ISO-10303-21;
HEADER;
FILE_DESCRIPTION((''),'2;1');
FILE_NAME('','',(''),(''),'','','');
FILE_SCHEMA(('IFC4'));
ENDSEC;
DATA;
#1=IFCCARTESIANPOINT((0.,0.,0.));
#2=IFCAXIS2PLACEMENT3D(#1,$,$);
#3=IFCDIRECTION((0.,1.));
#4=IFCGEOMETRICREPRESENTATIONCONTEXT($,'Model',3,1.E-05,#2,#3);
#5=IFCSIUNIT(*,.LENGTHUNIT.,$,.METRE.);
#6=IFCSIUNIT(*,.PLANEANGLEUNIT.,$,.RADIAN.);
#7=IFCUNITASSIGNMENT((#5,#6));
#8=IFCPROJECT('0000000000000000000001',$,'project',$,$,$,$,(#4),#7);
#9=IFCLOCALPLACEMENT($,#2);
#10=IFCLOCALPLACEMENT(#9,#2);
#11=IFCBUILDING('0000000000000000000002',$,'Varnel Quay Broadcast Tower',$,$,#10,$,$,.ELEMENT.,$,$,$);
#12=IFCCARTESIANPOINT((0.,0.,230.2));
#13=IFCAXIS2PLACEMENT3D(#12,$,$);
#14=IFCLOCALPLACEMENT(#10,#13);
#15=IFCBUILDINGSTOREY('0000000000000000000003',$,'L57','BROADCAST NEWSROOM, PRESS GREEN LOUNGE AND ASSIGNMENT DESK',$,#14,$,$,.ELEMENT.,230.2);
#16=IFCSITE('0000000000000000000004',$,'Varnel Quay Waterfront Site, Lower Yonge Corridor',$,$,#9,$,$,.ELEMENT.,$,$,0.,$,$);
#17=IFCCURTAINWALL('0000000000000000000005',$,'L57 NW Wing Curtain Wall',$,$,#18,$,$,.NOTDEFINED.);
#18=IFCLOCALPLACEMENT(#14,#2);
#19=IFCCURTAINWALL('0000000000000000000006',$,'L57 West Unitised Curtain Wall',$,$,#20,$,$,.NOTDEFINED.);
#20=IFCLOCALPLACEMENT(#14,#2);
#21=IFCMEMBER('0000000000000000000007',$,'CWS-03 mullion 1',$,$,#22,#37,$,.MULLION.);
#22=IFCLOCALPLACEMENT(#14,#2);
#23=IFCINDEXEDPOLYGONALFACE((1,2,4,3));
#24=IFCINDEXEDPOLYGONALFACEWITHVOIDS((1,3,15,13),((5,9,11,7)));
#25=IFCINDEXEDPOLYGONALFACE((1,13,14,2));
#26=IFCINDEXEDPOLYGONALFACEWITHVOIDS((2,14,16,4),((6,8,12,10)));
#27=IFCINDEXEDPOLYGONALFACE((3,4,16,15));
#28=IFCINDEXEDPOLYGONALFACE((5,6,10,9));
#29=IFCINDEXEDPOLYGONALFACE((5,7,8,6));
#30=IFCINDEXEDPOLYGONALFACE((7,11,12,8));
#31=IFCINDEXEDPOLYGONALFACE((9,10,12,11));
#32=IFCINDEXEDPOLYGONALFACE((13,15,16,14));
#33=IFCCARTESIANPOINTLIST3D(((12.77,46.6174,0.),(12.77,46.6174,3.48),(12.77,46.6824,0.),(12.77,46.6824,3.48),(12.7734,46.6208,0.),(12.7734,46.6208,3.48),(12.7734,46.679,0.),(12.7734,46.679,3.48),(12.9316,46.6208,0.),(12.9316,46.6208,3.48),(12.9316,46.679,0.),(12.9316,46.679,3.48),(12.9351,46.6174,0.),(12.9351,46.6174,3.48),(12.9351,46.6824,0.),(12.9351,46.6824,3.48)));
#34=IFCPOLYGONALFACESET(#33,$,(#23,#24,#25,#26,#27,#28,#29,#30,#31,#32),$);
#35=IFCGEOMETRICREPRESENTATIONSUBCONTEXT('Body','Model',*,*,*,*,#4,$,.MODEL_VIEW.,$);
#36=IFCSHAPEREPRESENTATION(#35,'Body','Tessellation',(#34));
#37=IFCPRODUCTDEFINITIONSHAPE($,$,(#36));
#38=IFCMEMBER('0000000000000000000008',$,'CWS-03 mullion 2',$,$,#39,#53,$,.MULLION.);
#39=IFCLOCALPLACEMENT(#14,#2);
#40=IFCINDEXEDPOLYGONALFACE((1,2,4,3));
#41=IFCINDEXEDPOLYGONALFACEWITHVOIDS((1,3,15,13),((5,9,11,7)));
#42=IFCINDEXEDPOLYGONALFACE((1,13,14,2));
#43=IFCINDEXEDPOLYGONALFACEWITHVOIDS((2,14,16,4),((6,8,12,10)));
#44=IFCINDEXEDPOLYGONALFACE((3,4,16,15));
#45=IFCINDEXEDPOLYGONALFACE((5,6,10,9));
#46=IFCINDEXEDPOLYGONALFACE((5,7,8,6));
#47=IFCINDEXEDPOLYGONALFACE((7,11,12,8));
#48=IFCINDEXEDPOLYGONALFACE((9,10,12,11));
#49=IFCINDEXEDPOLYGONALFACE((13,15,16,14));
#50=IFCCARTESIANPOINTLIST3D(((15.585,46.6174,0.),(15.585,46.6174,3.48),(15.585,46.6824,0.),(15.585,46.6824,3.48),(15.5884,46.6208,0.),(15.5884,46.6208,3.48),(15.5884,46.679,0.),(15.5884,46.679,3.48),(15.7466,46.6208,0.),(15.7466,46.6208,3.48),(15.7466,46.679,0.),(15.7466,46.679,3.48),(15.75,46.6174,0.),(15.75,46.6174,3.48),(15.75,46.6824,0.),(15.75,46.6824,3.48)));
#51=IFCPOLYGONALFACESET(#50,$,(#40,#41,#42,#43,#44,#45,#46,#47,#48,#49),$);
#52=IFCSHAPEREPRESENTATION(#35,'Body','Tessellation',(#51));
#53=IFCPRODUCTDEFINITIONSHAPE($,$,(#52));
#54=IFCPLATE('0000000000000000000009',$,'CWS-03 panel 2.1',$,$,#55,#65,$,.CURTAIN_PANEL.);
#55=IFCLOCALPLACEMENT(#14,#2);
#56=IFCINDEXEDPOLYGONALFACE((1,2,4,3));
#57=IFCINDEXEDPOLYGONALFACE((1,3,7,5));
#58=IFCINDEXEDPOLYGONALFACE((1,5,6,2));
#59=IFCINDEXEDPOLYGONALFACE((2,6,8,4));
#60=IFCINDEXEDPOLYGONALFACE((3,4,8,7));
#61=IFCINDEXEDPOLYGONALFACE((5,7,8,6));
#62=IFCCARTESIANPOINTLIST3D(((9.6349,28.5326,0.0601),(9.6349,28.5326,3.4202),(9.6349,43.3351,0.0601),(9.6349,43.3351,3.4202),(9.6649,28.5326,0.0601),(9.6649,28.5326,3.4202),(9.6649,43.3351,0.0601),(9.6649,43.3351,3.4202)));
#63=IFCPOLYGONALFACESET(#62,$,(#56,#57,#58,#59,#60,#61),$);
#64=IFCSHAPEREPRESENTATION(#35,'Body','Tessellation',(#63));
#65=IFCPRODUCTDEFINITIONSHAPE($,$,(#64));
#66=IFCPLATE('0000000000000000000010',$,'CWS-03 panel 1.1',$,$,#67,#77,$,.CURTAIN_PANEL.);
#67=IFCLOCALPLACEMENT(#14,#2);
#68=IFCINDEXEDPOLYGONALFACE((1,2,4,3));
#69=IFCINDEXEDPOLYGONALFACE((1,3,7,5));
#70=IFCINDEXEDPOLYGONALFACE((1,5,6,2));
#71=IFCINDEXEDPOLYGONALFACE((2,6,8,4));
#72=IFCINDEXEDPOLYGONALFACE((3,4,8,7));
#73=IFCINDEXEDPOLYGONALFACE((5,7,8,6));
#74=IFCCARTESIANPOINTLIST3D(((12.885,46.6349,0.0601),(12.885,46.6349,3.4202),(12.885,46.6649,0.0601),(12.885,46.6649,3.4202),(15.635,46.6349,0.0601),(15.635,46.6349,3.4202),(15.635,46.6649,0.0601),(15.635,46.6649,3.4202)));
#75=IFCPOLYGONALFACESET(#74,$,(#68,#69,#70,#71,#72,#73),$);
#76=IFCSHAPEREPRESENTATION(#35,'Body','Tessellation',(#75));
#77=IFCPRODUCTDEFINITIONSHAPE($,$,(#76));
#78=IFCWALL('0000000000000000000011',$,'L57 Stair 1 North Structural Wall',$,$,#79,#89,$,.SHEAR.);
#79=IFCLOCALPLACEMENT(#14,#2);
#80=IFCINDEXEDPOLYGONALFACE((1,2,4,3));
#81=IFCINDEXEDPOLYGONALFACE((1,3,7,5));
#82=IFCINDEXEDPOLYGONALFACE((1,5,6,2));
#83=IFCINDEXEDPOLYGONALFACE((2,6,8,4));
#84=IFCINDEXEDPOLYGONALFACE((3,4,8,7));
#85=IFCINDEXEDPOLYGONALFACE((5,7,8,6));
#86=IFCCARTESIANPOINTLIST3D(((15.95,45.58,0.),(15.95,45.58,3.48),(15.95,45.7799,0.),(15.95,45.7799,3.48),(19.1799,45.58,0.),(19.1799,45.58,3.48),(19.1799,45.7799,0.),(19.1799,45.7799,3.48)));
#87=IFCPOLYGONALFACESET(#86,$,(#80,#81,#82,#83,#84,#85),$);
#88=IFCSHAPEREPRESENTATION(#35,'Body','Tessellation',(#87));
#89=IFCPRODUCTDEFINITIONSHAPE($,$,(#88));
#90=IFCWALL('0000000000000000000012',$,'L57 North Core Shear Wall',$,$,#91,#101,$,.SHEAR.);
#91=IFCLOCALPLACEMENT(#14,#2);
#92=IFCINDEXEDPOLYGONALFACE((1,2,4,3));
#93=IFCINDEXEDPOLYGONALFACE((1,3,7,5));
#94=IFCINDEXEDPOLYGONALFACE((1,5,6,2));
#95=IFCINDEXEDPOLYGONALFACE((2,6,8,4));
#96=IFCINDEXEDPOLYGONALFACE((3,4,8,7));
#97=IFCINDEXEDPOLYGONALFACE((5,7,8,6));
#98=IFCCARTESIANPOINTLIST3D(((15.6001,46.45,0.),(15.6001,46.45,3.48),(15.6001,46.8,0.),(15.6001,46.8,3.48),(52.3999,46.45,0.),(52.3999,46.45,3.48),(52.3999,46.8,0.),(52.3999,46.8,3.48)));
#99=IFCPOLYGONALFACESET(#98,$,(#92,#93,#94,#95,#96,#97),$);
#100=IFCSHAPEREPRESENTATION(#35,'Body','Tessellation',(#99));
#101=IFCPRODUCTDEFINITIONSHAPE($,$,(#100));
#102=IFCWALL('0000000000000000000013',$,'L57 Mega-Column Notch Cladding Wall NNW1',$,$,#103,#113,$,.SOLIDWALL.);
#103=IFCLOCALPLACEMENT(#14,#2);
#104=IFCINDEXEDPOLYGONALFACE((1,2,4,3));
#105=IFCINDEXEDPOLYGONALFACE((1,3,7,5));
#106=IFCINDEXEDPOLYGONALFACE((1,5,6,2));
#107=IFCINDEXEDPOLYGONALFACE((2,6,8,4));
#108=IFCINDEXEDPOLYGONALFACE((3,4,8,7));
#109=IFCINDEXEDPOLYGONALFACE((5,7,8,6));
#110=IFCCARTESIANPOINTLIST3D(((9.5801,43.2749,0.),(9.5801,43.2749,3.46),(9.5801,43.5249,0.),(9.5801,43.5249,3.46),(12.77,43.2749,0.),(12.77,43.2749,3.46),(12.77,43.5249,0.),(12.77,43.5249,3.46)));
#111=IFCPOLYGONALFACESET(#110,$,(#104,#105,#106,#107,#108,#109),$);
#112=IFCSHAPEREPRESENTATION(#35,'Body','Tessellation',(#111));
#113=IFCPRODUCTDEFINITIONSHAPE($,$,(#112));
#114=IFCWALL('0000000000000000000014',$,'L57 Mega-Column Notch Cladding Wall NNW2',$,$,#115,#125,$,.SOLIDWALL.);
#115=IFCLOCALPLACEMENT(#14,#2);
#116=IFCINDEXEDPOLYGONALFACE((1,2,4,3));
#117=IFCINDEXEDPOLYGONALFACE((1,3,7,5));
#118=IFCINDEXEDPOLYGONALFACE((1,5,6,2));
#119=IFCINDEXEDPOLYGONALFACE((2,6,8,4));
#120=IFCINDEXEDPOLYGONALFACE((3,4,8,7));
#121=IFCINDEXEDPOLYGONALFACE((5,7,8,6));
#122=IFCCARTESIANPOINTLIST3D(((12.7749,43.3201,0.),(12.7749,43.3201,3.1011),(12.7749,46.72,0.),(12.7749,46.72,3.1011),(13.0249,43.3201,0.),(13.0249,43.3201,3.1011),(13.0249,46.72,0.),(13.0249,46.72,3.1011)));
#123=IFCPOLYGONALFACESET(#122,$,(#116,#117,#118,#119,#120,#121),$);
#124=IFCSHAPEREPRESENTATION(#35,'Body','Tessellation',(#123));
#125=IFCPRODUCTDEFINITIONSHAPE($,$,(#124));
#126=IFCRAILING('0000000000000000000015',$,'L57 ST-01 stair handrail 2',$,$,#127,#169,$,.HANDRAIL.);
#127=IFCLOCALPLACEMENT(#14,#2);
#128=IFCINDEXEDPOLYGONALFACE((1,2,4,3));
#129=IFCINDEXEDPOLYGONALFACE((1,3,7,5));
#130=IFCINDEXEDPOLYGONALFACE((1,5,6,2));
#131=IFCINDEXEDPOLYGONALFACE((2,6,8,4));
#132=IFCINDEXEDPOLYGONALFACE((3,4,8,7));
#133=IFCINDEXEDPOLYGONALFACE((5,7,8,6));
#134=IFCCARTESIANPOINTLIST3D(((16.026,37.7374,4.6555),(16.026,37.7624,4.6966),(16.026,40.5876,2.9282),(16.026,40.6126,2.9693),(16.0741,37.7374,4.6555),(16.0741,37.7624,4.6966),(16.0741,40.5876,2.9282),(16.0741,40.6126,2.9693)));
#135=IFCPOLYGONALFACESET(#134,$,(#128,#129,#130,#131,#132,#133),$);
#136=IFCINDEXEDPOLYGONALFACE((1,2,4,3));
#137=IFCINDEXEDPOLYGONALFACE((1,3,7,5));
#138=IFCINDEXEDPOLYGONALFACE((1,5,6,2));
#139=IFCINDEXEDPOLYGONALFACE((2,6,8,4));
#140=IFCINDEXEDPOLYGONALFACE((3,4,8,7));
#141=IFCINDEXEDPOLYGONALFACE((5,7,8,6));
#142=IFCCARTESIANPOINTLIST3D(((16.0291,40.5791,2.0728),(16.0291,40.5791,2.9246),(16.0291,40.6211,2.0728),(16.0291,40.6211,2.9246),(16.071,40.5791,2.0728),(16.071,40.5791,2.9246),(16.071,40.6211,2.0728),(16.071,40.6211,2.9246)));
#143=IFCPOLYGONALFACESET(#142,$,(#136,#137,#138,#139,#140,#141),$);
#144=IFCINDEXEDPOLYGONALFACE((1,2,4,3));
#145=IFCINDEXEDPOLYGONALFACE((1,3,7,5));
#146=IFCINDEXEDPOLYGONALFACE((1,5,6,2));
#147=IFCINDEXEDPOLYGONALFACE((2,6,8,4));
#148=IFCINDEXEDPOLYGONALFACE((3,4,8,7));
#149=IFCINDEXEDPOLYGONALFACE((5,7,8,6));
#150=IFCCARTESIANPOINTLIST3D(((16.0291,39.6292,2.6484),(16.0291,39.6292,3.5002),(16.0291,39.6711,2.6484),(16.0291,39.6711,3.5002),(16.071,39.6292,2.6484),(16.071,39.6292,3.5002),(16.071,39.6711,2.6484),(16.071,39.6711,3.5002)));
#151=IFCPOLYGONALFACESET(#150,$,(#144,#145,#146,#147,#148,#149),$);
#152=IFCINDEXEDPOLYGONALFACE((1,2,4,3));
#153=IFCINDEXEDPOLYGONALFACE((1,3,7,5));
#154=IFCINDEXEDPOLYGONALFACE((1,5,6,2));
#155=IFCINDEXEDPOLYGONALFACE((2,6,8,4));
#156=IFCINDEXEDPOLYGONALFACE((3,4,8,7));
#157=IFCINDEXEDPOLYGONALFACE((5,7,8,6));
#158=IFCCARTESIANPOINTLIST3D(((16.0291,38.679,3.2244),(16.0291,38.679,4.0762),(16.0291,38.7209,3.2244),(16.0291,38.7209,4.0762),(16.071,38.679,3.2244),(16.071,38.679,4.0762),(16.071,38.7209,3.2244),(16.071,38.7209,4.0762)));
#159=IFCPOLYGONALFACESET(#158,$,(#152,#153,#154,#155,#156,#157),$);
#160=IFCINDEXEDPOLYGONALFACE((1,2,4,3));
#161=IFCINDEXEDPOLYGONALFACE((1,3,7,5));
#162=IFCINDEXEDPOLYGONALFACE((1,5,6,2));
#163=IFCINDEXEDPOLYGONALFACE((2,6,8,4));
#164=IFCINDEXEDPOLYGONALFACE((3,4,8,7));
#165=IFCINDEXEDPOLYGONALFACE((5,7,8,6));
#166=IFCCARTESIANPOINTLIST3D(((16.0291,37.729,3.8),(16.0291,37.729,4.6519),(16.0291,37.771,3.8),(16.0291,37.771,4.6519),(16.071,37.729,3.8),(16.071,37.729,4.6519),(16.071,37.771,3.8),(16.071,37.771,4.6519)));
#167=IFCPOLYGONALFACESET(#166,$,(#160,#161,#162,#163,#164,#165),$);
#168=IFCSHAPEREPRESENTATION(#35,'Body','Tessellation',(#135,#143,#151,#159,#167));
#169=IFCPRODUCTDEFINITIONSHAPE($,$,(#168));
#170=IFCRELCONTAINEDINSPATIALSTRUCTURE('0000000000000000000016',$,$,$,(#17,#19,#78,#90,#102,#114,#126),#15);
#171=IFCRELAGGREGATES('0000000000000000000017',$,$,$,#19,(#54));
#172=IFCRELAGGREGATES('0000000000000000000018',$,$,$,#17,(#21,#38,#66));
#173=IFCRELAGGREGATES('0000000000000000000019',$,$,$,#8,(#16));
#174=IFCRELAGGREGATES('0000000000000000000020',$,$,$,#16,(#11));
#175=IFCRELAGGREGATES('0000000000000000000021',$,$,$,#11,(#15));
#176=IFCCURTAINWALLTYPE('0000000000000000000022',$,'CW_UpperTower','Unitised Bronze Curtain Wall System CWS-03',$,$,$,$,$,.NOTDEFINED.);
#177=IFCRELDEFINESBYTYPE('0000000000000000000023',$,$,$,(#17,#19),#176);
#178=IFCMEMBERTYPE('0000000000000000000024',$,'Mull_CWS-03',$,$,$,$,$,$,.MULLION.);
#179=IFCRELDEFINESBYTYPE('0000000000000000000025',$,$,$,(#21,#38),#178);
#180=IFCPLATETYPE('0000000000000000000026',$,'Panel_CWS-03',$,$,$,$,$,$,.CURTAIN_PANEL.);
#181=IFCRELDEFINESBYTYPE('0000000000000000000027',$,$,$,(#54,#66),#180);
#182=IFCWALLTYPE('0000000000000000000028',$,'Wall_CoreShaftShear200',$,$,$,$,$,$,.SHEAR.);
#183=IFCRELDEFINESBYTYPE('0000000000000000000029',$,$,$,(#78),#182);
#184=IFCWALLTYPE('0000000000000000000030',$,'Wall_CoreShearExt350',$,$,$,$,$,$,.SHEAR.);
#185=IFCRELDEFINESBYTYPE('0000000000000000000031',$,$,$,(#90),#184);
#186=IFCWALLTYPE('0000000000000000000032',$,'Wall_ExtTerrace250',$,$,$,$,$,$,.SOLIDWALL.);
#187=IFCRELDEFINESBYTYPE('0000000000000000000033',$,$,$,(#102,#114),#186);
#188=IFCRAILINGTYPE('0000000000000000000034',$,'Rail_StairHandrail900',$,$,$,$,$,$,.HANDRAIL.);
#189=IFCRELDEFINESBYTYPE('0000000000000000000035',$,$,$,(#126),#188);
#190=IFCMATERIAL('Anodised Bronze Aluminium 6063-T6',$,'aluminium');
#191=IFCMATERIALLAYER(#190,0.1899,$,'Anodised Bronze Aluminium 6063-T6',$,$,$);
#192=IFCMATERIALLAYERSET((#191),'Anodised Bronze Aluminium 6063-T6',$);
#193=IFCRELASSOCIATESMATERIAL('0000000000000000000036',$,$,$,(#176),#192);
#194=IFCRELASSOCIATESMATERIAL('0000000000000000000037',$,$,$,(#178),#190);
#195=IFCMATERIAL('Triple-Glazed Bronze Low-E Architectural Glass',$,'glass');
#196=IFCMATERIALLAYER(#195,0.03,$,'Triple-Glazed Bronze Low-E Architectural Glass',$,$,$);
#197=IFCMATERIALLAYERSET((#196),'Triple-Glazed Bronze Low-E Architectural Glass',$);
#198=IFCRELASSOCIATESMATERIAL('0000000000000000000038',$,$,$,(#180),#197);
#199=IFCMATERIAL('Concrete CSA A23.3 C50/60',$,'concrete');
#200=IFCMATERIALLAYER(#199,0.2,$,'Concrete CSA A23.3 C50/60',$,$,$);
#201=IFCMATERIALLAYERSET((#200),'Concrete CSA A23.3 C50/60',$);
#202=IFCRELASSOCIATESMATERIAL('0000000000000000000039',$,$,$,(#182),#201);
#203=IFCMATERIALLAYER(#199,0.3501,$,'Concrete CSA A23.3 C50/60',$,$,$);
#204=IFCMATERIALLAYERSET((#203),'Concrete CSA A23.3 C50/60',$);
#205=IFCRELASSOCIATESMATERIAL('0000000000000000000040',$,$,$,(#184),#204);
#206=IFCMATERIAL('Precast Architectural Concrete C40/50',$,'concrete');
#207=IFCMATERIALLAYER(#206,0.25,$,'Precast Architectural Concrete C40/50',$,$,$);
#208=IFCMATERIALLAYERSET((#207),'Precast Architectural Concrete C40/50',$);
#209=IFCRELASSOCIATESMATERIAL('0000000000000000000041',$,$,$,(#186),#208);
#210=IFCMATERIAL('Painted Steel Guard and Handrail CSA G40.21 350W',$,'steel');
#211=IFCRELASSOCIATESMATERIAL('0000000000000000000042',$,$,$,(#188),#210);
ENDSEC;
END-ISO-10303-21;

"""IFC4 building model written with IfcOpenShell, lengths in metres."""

from ifc_helpers import new_model, si_unit, direction, frame, frame_2d, origin, origin_2d, place, context, subcontext, project, spatial, rectangle, hollow_rectangle, extrude, source, transform, mapped, material, layer, layer_set, material_profile, profile_set, type_object, type_shapes, element, aggregate, save


model = new_model("IFC4")

# Units and contexts
model_context = context("Model", 3, precision=1e-05, world=origin(), true_north=direction((0.0, 1.0)))
body_context = subcontext(model_context, "Body", "Model", "MODEL_VIEW")
ifc_project = project(units=[si_unit("LENGTHUNIT", "METRE"), si_unit("PLANEANGLEUNIT", "RADIAN")], contexts=[model_context])

# Site, building, storey
site_placement = place(None, origin())
site = spatial("IfcSite", under=ifc_project, at=site_placement, Name="Varnel Quay Waterfront Site, Lower Yonge Corridor", CompositionType="ELEMENT", RefElevation=0.0)
building_placement = place(site_placement, origin())
building = spatial("IfcBuilding", under=site, at=building_placement, Name="Varnel Quay Broadcast Tower", CompositionType="ELEMENT")
storey_placement = place(building_placement, frame((0.0, 0.0, 230.2)))
storey = spatial("IfcBuildingStorey", under=building, at=storey_placement, Name="L57", Description="BROADCAST NEWSROOM, PRESS GREEN LOUNGE AND ASSIGNMENT DESK", CompositionType="ELEMENT", Elevation=230.2)

# Curtain wall
ifc_material_1 = material(Name="Anodised Bronze Aluminium 6063-T6", Category="aluminium")
ifc_layer_1 = layer(ifc_material_1, 0.1899, Name="Anodised Bronze Aluminium 6063-T6")
ifc_layer_set_1 = layer_set([ifc_layer_1], Name="Anodised Bronze Aluminium 6063-T6")
curtain_wall_type = type_object("IfcCurtainWallType", Name="CW_UpperTower", Description="Unitised Bronze Curtain Wall System CWS-03", PredefinedType="NOTDEFINED", material=ifc_layer_set_1)
curtain_wall_1_placement = place(storey_placement, origin())
curtain_wall_1 = element("IfcCurtainWall", 1, at=curtain_wall_1_placement, inside=storey, type_object=curtain_wall_type, Name="L57 NW Wing Curtain Wall", PredefinedType="NOTDEFINED")

# Curtain wall
curtain_wall_2_placement = place(storey_placement, origin())
curtain_wall_2 = element("IfcCurtainWall", 2, at=curtain_wall_2_placement, inside=storey, type_object=curtain_wall_type, Name="L57 West Unitised Curtain Wall", PredefinedType="NOTDEFINED")
ifc_material_profile_1 = material_profile(ifc_material_1, hollow_rectangle(XDim=0.0649, YDim=0.165, WallThickness=0.0034, at=origin_2d()), Name="ALU65X165X3.5")
ifc_profile_set_1 = profile_set([ifc_material_profile_1], Name="Anodised Bronze Aluminium 6063-T6")
member_type_1 = type_object("IfcMemberType", Name="Mull_CWS-03", PredefinedType="MULLION", material=ifc_profile_set_1)
shared_shape_1 = source(origin(), body_context, "Body", "SweptSolid", [
    extrude(hollow_rectangle(XDim=0.0649, YDim=0.165, WallThickness=0.0034, at=origin_2d()), origin(), (0.0, 0.0, 1.0), 3.48),
])
type_shapes(member_type_1, [shared_shape_1])

# Members
member_1_placement = place(storey_placement, frame((12.8525, 46.6499, 0.0), z_axis=(0.0, 0.0, 1.0), x_axis=(0.0, 1.0, 0.0)))
member_1 = element("IfcMember", 3, at=member_1_placement, type_object=member_type_1, Name="CWS-03 mullion 1", PredefinedType="MULLION", context=body_context, shape_type="MappedRepresentation", body=[
    mapped(shared_shape_1, transform((0.0, 0.0, 0.0), x_axis=(1.0, 0.0, 0.0), y_axis=(0.0, 1.0, 0.0), z_axis=(0.0, 0.0, 1.0), scale=1.0)),
])
member_2_placement = place(storey_placement, frame((15.6675, 46.6499, 0.0), z_axis=(0.0, 0.0, 1.0), x_axis=(0.0, 1.0, 0.0)))
member_2 = element("IfcMember", 4, at=member_2_placement, type_object=member_type_1, Name="CWS-03 mullion 2", PredefinedType="MULLION", context=body_context, shape_type="MappedRepresentation", body=[
    mapped(shared_shape_1, transform((0.0, 0.0, 0.0), x_axis=(1.0, 0.0, 0.0), y_axis=(0.0, 1.0, 0.0), z_axis=(0.0, 0.0, 1.0), scale=1.0)),
])

# Plates
ifc_material_2 = material(Name="Triple-Glazed Bronze Low-E Architectural Glass", Category="glass")
ifc_layer_2 = layer(ifc_material_2, 0.03, Name="Triple-Glazed Bronze Low-E Architectural Glass")
ifc_layer_set_2 = layer_set([ifc_layer_2], Name="Triple-Glazed Bronze Low-E Architectural Glass")
plate_type = type_object("IfcPlateType", Name="Panel_CWS-03", PredefinedType="CURTAIN_PANEL", material=ifc_layer_set_2)
shared_shape_2 = source(origin(), body_context, "Body", "SweptSolid", [
    extrude(rectangle(XDim=14.8025, YDim=0.03, at=origin_2d()), origin(), (0.0, 0.0, 1.0), 3.3601),
])
plate_1_placement = place(storey_placement, frame((9.6499, 35.9338, 0.0601), z_axis=(0.0, 0.0, 1.0), x_axis=(0.0, 1.0, 0.0)))
plate_1 = element("IfcPlate", 5, at=plate_1_placement, type_object=plate_type, Name="CWS-03 panel 2.1", PredefinedType="CURTAIN_PANEL", context=body_context, shape_type="MappedRepresentation", body=[
    mapped(shared_shape_2, transform((0.0, 0.0, 0.0), x_axis=(1.0, 0.0, 0.0), y_axis=(0.0, 1.0, 0.0), z_axis=(0.0, 0.0, 1.0), scale=1.0)),
])
aggregate(curtain_wall_2, [plate_1])
shared_shape_3 = source(origin(), body_context, "Body", "SweptSolid", [
    extrude(rectangle(XDim=2.75, YDim=0.03, at=origin_2d()), origin(), (0.0, 0.0, 1.0), 3.3601),
])
type_shapes(plate_type, [shared_shape_2, shared_shape_3])
plate_2_placement = place(storey_placement, frame((14.26, 46.6499, 0.0601), z_axis=(0.0, 0.0, 1.0), x_axis=(1.0, 0.0, 0.0)))
plate_2 = element("IfcPlate", 6, at=plate_2_placement, type_object=plate_type, Name="CWS-03 panel 1.1", PredefinedType="CURTAIN_PANEL", context=body_context, shape_type="MappedRepresentation", body=[
    mapped(shared_shape_3, transform((0.0, 0.0, 0.0), x_axis=(1.0, 0.0, 0.0), y_axis=(0.0, 1.0, 0.0), z_axis=(0.0, 0.0, 1.0), scale=1.0)),
])
aggregate(curtain_wall_1, [member_1, member_2, plate_2])

# Walls
ifc_material_3 = material(Name="Concrete CSA A23.3 C50/60", Category="concrete")
ifc_layer_3 = layer(ifc_material_3, 0.2, Name="Concrete CSA A23.3 C50/60")
ifc_layer_set_3 = layer_set([ifc_layer_3], Name="Concrete CSA A23.3 C50/60")
wall_type_1 = type_object("IfcWallType", Name="Wall_CoreShaftShear200", PredefinedType="SHEAR", material=ifc_layer_set_3)
wall_1_placement = place(storey_placement, frame((15.95, 45.6799, 0.0), z_axis=(0.0, 0.0, 1.0), x_axis=(1.0, 0.0, 0.0)))
element("IfcWall", 7, at=wall_1_placement, inside=storey, type_object=wall_type_1, Name="L57 Stair 1 North Structural Wall", PredefinedType="SHEAR", context=body_context, shape_type="SweptSolid", body=[
    extrude(rectangle(XDim=3.23, YDim=0.2, at=frame_2d((1.615, 0.0))), origin(), (0.0, 0.0, 1.0), 3.48),
])
ifc_layer_4 = layer(ifc_material_3, 0.3501, Name="Concrete CSA A23.3 C50/60")
ifc_layer_set_4 = layer_set([ifc_layer_4], Name="Concrete CSA A23.3 C50/60")
wall_type_2 = type_object("IfcWallType", Name="Wall_CoreShearExt350", PredefinedType="SHEAR", material=ifc_layer_set_4)
wall_2_placement = place(storey_placement, frame((15.6001, 46.625, 0.0), z_axis=(0.0, 0.0, 1.0), x_axis=(1.0, 0.0, 0.0)))
element("IfcWall", 8, at=wall_2_placement, inside=storey, type_object=wall_type_2, Name="L57 North Core Shear Wall", PredefinedType="SHEAR", context=body_context, shape_type="SweptSolid", body=[
    extrude(rectangle(XDim=36.7998, YDim=0.3501, at=frame_2d((18.3999, 0.0))), origin(), (0.0, 0.0, 1.0), 3.48),
])
ifc_material_4 = material(Name="Precast Architectural Concrete C40/50", Category="concrete")
ifc_layer_5 = layer(ifc_material_4, 0.25, Name="Precast Architectural Concrete C40/50")
ifc_layer_set_5 = layer_set([ifc_layer_5], Name="Precast Architectural Concrete C40/50")
wall_type_3 = type_object("IfcWallType", Name="Wall_ExtTerrace250", PredefinedType="SOLIDWALL", material=ifc_layer_set_5)
wall_3_placement = place(storey_placement, frame((9.5801, 43.3999, 0.0), z_axis=(0.0, 0.0, 1.0), x_axis=(1.0, 0.0, 0.0)))
element("IfcWall", 9, at=wall_3_placement, inside=storey, type_object=wall_type_3, Name="L57 Mega-Column Notch Cladding Wall NNW1", PredefinedType="SOLIDWALL", context=body_context, shape_type="SweptSolid", body=[
    extrude(rectangle(XDim=3.1899, YDim=0.25, at=frame_2d((1.595, 0.0))), origin(), (0.0, 0.0, 1.0), 3.46),
])
wall_4_placement = place(storey_placement, frame((12.8999, 43.3201, 0.0), z_axis=(0.0, 0.0, 1.0), x_axis=(0.0, 1.0, 0.0)))
element("IfcWall", 10, at=wall_4_placement, inside=storey, type_object=wall_type_3, Name="L57 Mega-Column Notch Cladding Wall NNW2", PredefinedType="SOLIDWALL", context=body_context, shape_type="SweptSolid", body=[
    extrude(rectangle(XDim=3.3999, YDim=0.25, at=frame_2d((1.7, 0.0))), origin(), (0.0, 0.0, 1.0), 3.1011),
])

# Railing
ifc_material_5 = material(Name="Painted Steel Guard and Handrail CSA G40.21 350W", Category="steel")
railing_type = type_object("IfcRailingType", Name="Rail_StairHandrail900", PredefinedType="HANDRAIL", material=ifc_material_5)
railing_placement = place(storey_placement, frame((16.05, 40.6001, 2.0728)))
element("IfcRailing", 11, at=railing_placement, inside=storey, type_object=railing_type, Name="L57 ST-01 stair handrail 2", PredefinedType="HANDRAIL", context=body_context, shape_type="SweptSolid", body=[
    extrude(rectangle(XDim=0.0481, YDim=0.0481, at=origin_2d()), frame((0.0, 0.0, 0.876), z_axis=(0.0, -0.855203, 0.518294), x_axis=(1.0, 0.0, 0.0)), (0.0, 0.0, 1.0), 3.3328),
    extrude(rectangle(XDim=0.042, YDim=0.042, at=origin_2d()), origin(), (0.0, 0.0, 1.0), 0.8518),
    extrude(rectangle(XDim=0.042, YDim=0.042, at=origin_2d()), frame((0.0, -0.95, 0.5757)), (0.0, 0.0, 1.0), 0.8518),
    extrude(rectangle(XDim=0.042, YDim=0.042, at=origin_2d()), frame((0.0, -1.9001, 1.1516)), (0.0, 0.0, 1.0), 0.8518),
    extrude(rectangle(XDim=0.042, YDim=0.042, at=origin_2d()), frame((0.0, -2.8501, 1.7273)), (0.0, 0.0, 1.0), 0.8518),
])

save(model, "model.ifc")
